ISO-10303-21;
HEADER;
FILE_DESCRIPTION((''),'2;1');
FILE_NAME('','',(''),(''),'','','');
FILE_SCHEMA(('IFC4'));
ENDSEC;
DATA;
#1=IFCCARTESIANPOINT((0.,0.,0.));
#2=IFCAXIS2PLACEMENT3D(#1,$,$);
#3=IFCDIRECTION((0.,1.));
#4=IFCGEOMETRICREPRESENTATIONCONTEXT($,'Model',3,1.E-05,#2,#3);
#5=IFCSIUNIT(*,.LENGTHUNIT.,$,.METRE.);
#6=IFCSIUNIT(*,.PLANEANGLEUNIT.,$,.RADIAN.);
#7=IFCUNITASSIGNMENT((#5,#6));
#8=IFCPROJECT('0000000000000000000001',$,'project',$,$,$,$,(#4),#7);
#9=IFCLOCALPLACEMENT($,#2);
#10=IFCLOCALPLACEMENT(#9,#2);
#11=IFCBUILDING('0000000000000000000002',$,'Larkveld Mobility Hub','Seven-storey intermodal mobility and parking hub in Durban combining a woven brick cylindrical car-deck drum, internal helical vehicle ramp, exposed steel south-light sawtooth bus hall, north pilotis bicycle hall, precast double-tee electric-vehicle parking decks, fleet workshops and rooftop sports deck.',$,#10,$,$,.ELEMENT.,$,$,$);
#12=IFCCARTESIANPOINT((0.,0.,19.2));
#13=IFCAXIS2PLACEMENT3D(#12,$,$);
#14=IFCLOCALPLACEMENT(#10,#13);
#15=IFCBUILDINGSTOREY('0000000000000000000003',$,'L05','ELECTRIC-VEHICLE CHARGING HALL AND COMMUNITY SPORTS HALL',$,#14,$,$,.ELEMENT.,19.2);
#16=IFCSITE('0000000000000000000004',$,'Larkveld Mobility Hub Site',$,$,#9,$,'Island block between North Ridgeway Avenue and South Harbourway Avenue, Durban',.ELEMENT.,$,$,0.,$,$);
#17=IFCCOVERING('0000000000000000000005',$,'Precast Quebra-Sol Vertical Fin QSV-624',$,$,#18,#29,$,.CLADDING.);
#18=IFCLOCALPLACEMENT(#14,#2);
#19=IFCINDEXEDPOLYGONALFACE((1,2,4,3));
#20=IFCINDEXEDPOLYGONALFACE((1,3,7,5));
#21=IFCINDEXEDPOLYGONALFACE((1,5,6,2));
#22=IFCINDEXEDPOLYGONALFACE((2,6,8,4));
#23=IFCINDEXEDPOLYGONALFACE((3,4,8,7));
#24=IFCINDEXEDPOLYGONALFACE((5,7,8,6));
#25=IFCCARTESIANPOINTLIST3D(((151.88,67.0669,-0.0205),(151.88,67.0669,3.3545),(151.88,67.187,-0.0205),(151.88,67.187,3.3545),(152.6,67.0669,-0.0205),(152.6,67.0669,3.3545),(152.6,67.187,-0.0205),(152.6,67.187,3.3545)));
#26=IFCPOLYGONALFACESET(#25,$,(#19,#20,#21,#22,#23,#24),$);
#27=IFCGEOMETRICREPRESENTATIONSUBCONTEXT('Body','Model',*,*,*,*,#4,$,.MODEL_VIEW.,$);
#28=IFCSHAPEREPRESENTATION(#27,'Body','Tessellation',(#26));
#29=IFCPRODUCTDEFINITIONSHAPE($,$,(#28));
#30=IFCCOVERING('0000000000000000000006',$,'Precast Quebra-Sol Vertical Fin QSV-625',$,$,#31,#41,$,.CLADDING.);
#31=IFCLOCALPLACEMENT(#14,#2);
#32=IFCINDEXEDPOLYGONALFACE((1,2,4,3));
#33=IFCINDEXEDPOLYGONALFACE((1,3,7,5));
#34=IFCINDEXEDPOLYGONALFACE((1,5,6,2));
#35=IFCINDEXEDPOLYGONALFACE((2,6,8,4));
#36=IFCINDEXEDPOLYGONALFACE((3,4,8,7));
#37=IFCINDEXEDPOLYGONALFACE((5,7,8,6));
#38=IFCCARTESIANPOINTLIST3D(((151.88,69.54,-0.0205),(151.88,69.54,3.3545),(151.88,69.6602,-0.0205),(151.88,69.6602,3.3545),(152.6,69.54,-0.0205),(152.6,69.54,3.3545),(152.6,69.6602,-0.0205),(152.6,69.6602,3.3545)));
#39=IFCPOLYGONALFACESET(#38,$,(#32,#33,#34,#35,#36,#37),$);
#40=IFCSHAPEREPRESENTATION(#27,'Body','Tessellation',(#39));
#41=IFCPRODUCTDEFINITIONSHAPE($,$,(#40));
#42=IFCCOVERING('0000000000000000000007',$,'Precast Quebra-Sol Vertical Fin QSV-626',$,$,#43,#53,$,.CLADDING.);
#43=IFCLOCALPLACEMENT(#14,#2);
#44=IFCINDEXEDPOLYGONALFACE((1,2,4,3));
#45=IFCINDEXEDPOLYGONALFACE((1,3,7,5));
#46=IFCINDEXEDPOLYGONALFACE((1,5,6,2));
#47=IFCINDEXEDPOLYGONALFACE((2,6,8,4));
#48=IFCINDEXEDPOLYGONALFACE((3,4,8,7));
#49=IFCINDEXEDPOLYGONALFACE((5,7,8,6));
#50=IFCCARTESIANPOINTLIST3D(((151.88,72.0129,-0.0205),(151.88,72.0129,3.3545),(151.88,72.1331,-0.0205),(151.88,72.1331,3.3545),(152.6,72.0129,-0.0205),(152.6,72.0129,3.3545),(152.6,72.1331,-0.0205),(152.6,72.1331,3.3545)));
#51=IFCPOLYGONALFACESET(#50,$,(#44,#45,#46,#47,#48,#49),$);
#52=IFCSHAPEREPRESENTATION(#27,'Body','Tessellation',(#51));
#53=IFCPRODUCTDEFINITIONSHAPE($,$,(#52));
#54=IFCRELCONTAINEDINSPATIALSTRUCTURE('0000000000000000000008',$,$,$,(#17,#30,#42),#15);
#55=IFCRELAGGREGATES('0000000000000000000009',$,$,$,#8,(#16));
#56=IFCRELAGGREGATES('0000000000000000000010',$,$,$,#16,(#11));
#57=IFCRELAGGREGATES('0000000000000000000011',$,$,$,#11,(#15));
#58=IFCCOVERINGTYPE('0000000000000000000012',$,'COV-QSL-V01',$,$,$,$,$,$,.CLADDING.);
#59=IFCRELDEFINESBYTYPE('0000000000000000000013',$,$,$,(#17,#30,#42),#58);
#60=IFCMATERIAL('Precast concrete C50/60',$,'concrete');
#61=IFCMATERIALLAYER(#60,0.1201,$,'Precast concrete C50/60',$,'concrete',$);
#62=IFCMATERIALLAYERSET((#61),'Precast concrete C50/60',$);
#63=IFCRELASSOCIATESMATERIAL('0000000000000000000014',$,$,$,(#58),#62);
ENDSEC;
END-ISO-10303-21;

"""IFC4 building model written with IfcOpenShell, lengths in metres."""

from ifc_helpers import new_model, si_unit, direction, frame, origin, origin_2d, place, context, subcontext, project, spatial, rectangle, extrude, material, layer, layer_set, type_object, element, save


model = new_model("IFC4")

# Units and contexts
model_context = context("Model", 3, precision=1e-05, world=origin(), true_north=direction((0.0, 1.0)))
body_context = subcontext(model_context, "Body", "Model", "MODEL_VIEW")
ifc_project = project(units=[si_unit("LENGTHUNIT", "METRE"), si_unit("PLANEANGLEUNIT", "RADIAN")], contexts=[model_context])

# Site, building, storey
site_placement = place(None, origin())
site = spatial("IfcSite", under=ifc_project, at=site_placement, Name="Larkveld Mobility Hub Site", LongName="Island block between North Ridgeway Avenue and South Harbourway Avenue, Durban", CompositionType="ELEMENT", RefElevation=0.0)
building_placement = place(site_placement, origin())
building = spatial("IfcBuilding", under=site, at=building_placement, Name="Larkveld Mobility Hub", Description="Seven-storey intermodal mobility and parking hub in Durban combining a woven brick cylindrical car-deck drum, internal helical vehicle ramp, exposed steel south-light sawtooth bus hall, north pilotis bicycle hall, precast double-tee electric-vehicle parking decks, fleet workshops and rooftop sports deck.", CompositionType="ELEMENT")
storey_placement = place(building_placement, frame((0.0, 0.0, 19.2)))
storey = spatial("IfcBuildingStorey", under=building, at=storey_placement, Name="L05", Description="ELECTRIC-VEHICLE CHARGING HALL AND COMMUNITY SPORTS HALL", CompositionType="ELEMENT", Elevation=19.2)

# Coverings
ifc_material_1 = material(Name="Precast concrete C50/60", Category="concrete")
ifc_layer_1 = layer(ifc_material_1, 0.1201, Name="Precast concrete C50/60", Category="concrete")
ifc_layer_set_1 = layer_set([ifc_layer_1], Name="Precast concrete C50/60")
covering_type = type_object("IfcCoveringType", Name="COV-QSL-V01", PredefinedType="CLADDING", material=ifc_layer_set_1)
for number, where, z_axis, x_axis, name in (
    (1, (152.24, 67.127, -0.0205), (0.0, 0.0, 1.0), (0.0, 1.0, 0.0), "Precast Quebra-Sol Vertical Fin QSV-624"),
    (2, (152.24, 69.6001, -0.0205), (0.0, 0.0, 1.0), (0.0, 1.0, 0.0), "Precast Quebra-Sol Vertical Fin QSV-625"),
    (3, (152.24, 72.073, -0.0205), (0.0, 0.0, 1.0), (0.0, 1.0, 0.0), "Precast Quebra-Sol Vertical Fin QSV-626"),
):
    element("IfcCovering", number, at=place(storey_placement, frame(where, z_axis=z_axis, x_axis=x_axis)), inside=storey, type_object=covering_type, Name=name, PredefinedType="CLADDING", context=body_context, shape_type="SweptSolid", body=[
        extrude(rectangle(XDim=0.1201, YDim=0.72, at=origin_2d()), origin(), (0.0, 0.0, 1.0), 3.375),
    ])

save(model, "model.ifc")
